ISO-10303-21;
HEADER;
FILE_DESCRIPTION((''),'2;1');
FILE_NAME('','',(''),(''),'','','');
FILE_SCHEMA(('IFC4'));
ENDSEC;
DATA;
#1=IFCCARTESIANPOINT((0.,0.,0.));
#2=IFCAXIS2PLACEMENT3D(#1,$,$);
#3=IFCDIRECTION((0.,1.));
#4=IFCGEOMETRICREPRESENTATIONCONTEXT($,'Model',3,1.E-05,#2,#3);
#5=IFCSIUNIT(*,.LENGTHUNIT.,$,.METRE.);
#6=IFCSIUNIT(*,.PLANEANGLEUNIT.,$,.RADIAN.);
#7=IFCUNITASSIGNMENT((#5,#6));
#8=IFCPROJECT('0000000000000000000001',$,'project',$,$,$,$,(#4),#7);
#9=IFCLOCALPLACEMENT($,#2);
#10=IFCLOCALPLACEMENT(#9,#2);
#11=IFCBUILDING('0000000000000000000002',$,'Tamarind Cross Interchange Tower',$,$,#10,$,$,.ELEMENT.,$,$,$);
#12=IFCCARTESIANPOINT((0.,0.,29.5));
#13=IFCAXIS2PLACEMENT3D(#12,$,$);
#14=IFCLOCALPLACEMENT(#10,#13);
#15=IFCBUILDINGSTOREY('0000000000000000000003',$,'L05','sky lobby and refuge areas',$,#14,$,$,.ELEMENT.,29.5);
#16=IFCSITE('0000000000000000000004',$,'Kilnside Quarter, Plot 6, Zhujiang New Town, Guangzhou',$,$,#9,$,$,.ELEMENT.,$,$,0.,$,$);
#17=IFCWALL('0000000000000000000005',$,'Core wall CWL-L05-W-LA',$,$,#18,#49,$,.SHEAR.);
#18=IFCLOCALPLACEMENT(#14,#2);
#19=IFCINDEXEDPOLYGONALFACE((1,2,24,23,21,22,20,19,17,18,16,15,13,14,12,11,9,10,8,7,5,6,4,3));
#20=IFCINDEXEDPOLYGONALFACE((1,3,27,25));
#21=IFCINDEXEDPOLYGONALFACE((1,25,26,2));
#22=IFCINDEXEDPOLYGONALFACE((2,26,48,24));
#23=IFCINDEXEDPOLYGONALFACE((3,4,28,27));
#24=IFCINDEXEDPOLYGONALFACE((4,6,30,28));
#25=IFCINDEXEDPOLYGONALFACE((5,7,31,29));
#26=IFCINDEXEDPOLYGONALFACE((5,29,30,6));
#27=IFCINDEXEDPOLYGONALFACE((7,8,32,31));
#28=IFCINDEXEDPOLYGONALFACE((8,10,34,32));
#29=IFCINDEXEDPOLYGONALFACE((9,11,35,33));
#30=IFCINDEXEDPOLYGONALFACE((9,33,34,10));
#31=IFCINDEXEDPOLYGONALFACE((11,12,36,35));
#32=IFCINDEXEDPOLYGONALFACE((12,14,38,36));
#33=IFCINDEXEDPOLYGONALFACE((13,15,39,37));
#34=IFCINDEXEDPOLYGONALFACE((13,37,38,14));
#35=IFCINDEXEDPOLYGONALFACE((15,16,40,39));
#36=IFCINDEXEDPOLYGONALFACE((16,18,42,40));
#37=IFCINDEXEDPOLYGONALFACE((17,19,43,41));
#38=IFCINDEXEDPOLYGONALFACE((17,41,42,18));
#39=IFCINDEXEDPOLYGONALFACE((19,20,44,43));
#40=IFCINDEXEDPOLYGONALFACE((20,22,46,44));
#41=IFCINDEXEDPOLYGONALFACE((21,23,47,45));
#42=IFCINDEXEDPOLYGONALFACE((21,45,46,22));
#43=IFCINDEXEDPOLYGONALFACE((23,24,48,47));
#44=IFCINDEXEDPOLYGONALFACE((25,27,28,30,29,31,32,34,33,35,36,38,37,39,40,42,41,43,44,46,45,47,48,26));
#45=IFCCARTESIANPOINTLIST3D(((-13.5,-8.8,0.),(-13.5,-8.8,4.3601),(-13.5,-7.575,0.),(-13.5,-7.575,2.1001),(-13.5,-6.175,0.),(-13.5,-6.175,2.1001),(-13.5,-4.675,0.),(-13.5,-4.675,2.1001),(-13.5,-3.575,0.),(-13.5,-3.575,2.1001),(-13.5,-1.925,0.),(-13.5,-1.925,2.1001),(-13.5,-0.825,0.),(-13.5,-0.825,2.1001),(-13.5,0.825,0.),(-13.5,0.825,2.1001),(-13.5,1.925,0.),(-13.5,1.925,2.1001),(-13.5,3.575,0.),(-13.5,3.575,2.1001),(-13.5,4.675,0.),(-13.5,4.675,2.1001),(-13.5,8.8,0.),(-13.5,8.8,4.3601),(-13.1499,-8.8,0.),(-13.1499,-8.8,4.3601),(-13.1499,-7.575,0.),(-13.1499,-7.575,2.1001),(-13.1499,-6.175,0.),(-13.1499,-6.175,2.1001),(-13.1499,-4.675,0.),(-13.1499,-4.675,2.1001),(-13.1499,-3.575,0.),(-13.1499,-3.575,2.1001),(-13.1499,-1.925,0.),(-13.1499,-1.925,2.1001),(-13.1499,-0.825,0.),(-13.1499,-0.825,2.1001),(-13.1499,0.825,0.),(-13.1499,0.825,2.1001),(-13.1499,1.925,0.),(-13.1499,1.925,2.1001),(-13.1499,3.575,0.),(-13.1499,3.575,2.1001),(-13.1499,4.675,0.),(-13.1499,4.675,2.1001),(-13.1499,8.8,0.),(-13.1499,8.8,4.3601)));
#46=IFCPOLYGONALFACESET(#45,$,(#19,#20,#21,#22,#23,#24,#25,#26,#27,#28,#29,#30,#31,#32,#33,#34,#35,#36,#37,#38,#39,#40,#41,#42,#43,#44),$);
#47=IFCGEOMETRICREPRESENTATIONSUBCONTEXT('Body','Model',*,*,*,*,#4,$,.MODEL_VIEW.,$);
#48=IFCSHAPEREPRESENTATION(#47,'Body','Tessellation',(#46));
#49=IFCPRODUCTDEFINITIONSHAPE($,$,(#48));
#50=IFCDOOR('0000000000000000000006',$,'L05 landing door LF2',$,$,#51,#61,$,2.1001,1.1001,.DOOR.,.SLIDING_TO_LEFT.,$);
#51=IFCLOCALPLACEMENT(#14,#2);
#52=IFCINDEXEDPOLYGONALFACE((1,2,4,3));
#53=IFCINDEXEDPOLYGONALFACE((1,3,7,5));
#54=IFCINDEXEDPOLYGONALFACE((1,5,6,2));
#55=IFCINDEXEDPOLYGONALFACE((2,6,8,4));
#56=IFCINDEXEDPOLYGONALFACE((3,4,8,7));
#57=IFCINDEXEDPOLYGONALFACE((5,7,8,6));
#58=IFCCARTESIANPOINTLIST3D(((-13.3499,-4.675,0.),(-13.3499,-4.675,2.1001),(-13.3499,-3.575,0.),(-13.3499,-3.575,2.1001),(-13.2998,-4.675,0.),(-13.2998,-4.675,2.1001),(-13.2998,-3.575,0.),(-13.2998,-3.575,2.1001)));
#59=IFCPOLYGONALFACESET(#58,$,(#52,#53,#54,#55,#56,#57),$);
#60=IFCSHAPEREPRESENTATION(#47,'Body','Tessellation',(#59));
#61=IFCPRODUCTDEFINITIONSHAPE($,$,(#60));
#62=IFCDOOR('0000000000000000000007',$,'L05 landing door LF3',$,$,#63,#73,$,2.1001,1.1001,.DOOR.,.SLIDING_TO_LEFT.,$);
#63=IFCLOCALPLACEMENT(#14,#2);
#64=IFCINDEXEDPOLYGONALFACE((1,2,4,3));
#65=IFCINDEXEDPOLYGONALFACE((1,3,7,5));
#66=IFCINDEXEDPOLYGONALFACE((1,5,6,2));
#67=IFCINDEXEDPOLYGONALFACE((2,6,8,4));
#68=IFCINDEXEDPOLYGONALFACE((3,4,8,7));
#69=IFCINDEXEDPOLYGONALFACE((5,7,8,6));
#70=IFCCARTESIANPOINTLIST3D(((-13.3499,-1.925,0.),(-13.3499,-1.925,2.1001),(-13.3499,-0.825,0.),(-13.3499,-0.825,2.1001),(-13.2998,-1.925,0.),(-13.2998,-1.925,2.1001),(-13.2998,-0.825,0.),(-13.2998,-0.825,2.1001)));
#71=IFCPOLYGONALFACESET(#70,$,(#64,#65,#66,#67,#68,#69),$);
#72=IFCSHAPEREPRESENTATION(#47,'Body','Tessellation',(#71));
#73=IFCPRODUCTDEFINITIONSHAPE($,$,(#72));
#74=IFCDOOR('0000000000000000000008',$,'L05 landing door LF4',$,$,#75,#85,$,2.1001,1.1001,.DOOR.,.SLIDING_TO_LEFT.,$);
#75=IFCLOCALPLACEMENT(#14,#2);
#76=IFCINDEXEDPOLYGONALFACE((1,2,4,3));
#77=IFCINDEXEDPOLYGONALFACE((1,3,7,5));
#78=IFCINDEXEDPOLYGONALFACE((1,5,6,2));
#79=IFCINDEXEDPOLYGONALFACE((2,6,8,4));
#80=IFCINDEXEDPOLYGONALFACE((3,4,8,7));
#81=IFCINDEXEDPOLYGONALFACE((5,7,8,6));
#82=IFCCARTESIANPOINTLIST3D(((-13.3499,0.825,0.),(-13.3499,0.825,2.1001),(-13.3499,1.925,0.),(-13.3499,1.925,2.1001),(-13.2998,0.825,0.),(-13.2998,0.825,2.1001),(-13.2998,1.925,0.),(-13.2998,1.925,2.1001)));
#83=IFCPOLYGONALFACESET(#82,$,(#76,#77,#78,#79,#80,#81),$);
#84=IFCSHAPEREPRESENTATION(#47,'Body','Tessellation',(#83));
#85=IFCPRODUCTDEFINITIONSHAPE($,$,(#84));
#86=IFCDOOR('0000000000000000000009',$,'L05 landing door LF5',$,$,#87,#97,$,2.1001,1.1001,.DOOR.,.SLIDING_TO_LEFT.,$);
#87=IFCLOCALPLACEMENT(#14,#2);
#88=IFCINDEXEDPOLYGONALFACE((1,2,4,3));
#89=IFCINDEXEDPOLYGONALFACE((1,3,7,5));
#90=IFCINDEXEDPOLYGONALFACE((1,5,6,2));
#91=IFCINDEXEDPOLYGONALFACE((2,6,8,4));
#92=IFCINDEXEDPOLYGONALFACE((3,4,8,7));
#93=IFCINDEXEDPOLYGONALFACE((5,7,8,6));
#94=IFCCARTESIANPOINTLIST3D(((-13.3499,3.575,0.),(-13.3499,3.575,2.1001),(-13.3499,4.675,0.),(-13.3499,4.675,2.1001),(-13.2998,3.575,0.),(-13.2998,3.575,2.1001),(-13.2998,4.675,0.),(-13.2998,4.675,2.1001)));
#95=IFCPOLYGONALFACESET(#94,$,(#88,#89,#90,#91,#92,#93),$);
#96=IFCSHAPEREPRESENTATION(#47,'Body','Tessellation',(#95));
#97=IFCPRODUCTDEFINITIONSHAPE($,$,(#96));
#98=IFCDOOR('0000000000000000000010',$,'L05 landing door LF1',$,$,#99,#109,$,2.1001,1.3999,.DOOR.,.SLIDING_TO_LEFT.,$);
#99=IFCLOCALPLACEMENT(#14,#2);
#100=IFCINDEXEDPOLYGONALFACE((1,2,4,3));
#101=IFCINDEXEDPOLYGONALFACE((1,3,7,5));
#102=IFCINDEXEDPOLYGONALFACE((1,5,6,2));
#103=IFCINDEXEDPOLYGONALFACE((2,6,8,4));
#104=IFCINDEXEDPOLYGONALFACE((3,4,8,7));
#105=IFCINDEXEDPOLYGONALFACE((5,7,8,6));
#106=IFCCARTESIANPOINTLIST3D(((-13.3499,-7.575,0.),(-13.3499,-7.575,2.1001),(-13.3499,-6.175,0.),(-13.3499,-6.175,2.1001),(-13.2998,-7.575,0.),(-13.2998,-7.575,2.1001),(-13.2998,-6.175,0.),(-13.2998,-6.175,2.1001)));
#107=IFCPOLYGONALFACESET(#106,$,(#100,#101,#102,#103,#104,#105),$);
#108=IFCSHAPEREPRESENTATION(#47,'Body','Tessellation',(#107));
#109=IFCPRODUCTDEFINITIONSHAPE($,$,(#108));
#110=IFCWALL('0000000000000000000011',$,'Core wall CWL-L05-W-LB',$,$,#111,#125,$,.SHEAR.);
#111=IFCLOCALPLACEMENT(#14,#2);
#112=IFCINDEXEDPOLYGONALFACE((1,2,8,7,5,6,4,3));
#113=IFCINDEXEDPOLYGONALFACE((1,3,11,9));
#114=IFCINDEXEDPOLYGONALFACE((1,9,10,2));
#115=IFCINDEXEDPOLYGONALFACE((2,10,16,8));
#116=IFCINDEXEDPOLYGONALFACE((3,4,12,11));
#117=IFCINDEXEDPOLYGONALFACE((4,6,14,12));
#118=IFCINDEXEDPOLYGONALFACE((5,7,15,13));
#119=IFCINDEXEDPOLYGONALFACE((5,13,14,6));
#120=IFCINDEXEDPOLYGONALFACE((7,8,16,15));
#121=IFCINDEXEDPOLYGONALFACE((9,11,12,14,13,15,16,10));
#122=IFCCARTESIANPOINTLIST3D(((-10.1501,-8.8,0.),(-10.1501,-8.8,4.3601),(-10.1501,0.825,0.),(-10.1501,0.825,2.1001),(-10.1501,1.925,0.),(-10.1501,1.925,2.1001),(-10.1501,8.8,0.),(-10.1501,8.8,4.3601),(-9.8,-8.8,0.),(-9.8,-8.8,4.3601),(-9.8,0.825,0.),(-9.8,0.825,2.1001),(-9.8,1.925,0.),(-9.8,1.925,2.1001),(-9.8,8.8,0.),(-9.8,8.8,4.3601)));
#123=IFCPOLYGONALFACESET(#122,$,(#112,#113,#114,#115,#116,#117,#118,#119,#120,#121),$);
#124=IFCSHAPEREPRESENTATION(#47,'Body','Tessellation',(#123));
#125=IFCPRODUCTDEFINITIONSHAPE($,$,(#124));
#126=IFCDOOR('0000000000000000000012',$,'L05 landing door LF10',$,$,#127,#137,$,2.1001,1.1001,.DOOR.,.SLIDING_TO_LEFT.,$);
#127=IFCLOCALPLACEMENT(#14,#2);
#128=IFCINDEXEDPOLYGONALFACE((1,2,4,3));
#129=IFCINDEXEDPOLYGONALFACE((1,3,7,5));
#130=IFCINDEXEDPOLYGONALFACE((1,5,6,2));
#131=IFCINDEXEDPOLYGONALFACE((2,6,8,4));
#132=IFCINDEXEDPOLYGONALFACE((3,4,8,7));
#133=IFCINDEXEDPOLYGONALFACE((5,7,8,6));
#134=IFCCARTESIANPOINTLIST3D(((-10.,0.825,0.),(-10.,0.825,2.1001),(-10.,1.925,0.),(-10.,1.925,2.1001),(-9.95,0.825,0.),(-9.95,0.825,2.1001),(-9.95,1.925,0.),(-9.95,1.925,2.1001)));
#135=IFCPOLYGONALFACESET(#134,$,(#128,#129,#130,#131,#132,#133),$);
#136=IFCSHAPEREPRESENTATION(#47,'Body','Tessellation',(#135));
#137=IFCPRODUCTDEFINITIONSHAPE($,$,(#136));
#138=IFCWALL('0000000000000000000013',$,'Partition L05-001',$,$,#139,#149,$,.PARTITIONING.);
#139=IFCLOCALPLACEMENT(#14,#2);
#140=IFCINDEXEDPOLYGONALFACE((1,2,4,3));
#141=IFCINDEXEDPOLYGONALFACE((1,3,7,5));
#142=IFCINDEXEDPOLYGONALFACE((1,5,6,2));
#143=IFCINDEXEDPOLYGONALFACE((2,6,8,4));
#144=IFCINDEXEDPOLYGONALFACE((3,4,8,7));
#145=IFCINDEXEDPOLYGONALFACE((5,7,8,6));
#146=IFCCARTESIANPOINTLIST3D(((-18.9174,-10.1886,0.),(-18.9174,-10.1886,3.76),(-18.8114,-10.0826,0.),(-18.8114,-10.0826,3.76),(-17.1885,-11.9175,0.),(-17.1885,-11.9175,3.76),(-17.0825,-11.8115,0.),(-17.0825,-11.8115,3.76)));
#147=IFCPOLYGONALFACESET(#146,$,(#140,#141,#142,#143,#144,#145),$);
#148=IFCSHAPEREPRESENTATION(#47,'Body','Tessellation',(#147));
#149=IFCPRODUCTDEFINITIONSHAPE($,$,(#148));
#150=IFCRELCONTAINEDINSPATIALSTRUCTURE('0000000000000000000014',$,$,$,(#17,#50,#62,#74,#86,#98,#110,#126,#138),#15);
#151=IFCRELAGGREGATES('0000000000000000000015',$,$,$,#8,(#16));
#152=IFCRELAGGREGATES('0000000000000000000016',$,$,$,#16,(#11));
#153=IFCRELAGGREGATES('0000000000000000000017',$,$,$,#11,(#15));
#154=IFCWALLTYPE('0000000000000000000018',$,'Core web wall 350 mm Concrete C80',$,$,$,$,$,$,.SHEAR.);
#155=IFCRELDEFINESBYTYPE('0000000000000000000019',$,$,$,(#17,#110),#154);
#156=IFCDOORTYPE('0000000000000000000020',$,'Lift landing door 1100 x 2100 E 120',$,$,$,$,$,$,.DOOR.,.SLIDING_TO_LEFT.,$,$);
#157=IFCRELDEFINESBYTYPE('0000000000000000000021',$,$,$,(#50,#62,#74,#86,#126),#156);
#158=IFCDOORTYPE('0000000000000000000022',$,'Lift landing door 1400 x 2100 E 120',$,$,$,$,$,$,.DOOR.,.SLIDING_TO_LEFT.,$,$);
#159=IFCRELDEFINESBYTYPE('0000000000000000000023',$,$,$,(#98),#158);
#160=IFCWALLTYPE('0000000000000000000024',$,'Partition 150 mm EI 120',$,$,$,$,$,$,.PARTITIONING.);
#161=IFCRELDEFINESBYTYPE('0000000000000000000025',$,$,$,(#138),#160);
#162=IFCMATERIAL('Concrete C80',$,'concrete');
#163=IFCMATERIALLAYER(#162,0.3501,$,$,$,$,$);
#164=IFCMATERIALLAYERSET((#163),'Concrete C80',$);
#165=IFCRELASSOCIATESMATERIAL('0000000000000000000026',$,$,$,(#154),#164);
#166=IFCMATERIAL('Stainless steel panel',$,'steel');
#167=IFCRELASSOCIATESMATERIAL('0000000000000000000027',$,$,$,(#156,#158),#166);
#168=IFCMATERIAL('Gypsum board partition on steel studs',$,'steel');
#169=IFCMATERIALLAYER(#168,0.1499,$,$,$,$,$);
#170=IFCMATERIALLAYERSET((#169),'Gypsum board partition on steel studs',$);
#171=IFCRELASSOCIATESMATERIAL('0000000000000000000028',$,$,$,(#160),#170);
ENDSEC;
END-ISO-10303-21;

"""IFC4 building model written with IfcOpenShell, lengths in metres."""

from ifc_helpers import new_model, si_unit, direction, frame, frame_2d, origin, place, context, subcontext, project, spatial, rectangle, extrude, material, layer, layer_set, type_object, element, fill, save


model = new_model("IFC4")

# Units and contexts
model_context = context("Model", 3, precision=1e-05, world=origin(), true_north=direction((0.0, 1.0)))
body_context = subcontext(model_context, "Body", "Model", "MODEL_VIEW")
ifc_project = project(units=[si_unit("LENGTHUNIT", "METRE"), si_unit("PLANEANGLEUNIT", "RADIAN")], contexts=[model_context])

# Site, building, storey
site_placement = place(None, origin())
site = spatial("IfcSite", under=ifc_project, at=site_placement, Name="Kilnside Quarter, Plot 6, Zhujiang New Town, Guangzhou", CompositionType="ELEMENT", RefElevation=0.0)
building_placement = place(site_placement, origin())
building = spatial("IfcBuilding", under=site, at=building_placement, Name="Tamarind Cross Interchange Tower", CompositionType="ELEMENT")
storey_placement = place(building_placement, frame((0.0, 0.0, 29.5)))
storey = spatial("IfcBuildingStorey", under=building, at=storey_placement, Name="L05", Description="sky lobby and refuge areas", CompositionType="ELEMENT", Elevation=29.5)

# Wall, openings, doors
ifc_material_1 = material(Name="Concrete C80", Category="concrete")
ifc_layer_1 = layer(ifc_material_1, 0.3501)
ifc_layer_set_1 = layer_set([ifc_layer_1], Name="Concrete C80")
wall_type_1 = type_object("IfcWallType", Name="Core web wall 350 mm Concrete C80", PredefinedType="SHEAR", material=ifc_layer_set_1)
wall_1_placement = place(storey_placement, frame((-13.325, -8.8, 0.0), z_axis=(0.0, 0.0, 1.0), x_axis=(0.0, 1.0, 0.0)))
wall_1 = element("IfcWall", 1, at=wall_1_placement, inside=storey, type_object=wall_type_1, Name="Core wall CWL-L05-W-LA", PredefinedType="SHEAR", context=body_context, shape_type="SweptSolid", body=[
    extrude(rectangle(XDim=17.6001, YDim=0.3501, at=frame_2d((8.8, 0.0))), origin(), (0.0, 0.0, 1.0), 4.3601),
])
opening_1_placement = place(wall_1_placement, frame((1.2251, 0.0, 0.0)))
opening_1 = element("IfcOpeningElement", 2, at=opening_1_placement, cuts=wall_1, PredefinedType="OPENING", context=body_context, shape_type="SweptSolid", body=[
    extrude(rectangle(XDim=1.3999, YDim=2.1001, at=frame_2d((0.7, 1.05))), frame((0.0, 0.1851, 0.0), z_axis=(0.0, -1.0, 0.0), x_axis=(1.0, 0.0, 0.0)), (0.0, 0.0, 1.0), 0.3701),
])
opening_2_placement = place(wall_1_placement, frame((4.125, 0.0, 0.0)))
opening_2 = element("IfcOpeningElement", 3, at=opening_2_placement, cuts=wall_1, PredefinedType="OPENING", context=body_context, shape_type="SweptSolid", body=[
    extrude(rectangle(XDim=1.1001, YDim=2.1001, at=frame_2d((0.55, 1.05))), frame((0.0, 0.1851, 0.0), z_axis=(0.0, -1.0, 0.0), x_axis=(1.0, 0.0, 0.0)), (0.0, 0.0, 1.0), 0.3701),
])
opening_3_placement = place(wall_1_placement, frame((6.875, 0.0, 0.0)))
opening_3 = element("IfcOpeningElement", 4, at=opening_3_placement, cuts=wall_1, PredefinedType="OPENING", context=body_context, shape_type="SweptSolid", body=[
    extrude(rectangle(XDim=1.1001, YDim=2.1001, at=frame_2d((0.55, 1.05))), frame((0.0, 0.1851, 0.0), z_axis=(0.0, -1.0, 0.0), x_axis=(1.0, 0.0, 0.0)), (0.0, 0.0, 1.0), 0.3701),
])
opening_4_placement = place(wall_1_placement, frame((9.625, 0.0, 0.0)))
opening_4 = element("IfcOpeningElement", 5, at=opening_4_placement, cuts=wall_1, PredefinedType="OPENING", context=body_context, shape_type="SweptSolid", body=[
    extrude(rectangle(XDim=1.1001, YDim=2.1001, at=frame_2d((0.55, 1.05))), frame((0.0, 0.1851, 0.0), z_axis=(0.0, -1.0, 0.0), x_axis=(1.0, 0.0, 0.0)), (0.0, 0.0, 1.0), 0.3701),
])
opening_5_placement = place(wall_1_placement, frame((12.375, 0.0, 0.0)))
opening_5 = element("IfcOpeningElement", 6, at=opening_5_placement, cuts=wall_1, PredefinedType="OPENING", context=body_context, shape_type="SweptSolid", body=[
    extrude(rectangle(XDim=1.1001, YDim=2.1001, at=frame_2d((0.55, 1.05))), frame((0.0, 0.1851, 0.0), z_axis=(0.0, -1.0, 0.0), x_axis=(1.0, 0.0, 0.0)), (0.0, 0.0, 1.0), 0.3701),
])
ifc_material_2 = material(Name="Stainless steel panel", Category="steel")
door_type_1 = type_object("IfcDoorType", Name="Lift landing door 1100 x 2100 E 120", OperationType="SLIDING_TO_LEFT", PredefinedType="DOOR", material=ifc_material_2)
door_1_placement = place(opening_2_placement, origin())
door_1 = element("IfcDoor", 7, at=door_1_placement, inside=storey, type_object=door_type_1, Name="L05 landing door LF2", OperationType="SLIDING_TO_LEFT", OverallHeight=2.1001, OverallWidth=1.1001, PredefinedType="DOOR", context=body_context, shape_type="SweptSolid", body=[
    extrude(rectangle(XDim=1.1001, YDim=2.1001, at=frame_2d((0.55, 1.05))), frame((0.0, 0.0249, 0.0), z_axis=(0.0, -1.0, 0.0), x_axis=(1.0, 0.0, 0.0)), (0.0, 0.0, 1.0), 0.05),
])
fill(opening_2, door_1)
door_2_placement = place(opening_3_placement, origin())
door_2 = element("IfcDoor", 8, at=door_2_placement, inside=storey, type_object=door_type_1, Name="L05 landing door LF3", OperationType="SLIDING_TO_LEFT", OverallHeight=2.1001, OverallWidth=1.1001, PredefinedType="DOOR", context=body_context, shape_type="SweptSolid", body=[
    extrude(rectangle(XDim=1.1001, YDim=2.1001, at=frame_2d((0.55, 1.05))), frame((0.0, 0.0249, 0.0), z_axis=(0.0, -1.0, 0.0), x_axis=(1.0, 0.0, 0.0)), (0.0, 0.0, 1.0), 0.05),
])
fill(opening_3, door_2)
door_3_placement = place(opening_4_placement, origin())
door_3 = element("IfcDoor", 9, at=door_3_placement, inside=storey, type_object=door_type_1, Name="L05 landing door LF4", OperationType="SLIDING_TO_LEFT", OverallHeight=2.1001, OverallWidth=1.1001, PredefinedType="DOOR", context=body_context, shape_type="SweptSolid", body=[
    extrude(rectangle(XDim=1.1001, YDim=2.1001, at=frame_2d((0.55, 1.05))), frame((0.0, 0.0249, 0.0), z_axis=(0.0, -1.0, 0.0), x_axis=(1.0, 0.0, 0.0)), (0.0, 0.0, 1.0), 0.05),
])
fill(opening_4, door_3)
door_4_placement = place(opening_5_placement, origin())
door_4 = element("IfcDoor", 10, at=door_4_placement, inside=storey, type_object=door_type_1, Name="L05 landing door LF5", OperationType="SLIDING_TO_LEFT", OverallHeight=2.1001, OverallWidth=1.1001, PredefinedType="DOOR", context=body_context, shape_type="SweptSolid", body=[
    extrude(rectangle(XDim=1.1001, YDim=2.1001, at=frame_2d((0.55, 1.05))), frame((0.0, 0.0249, 0.0), z_axis=(0.0, -1.0, 0.0), x_axis=(1.0, 0.0, 0.0)), (0.0, 0.0, 1.0), 0.05),
])
fill(opening_5, door_4)
door_type_2 = type_object("IfcDoorType", Name="Lift landing door 1400 x 2100 E 120", OperationType="SLIDING_TO_LEFT", PredefinedType="DOOR", material=ifc_material_2)
door_5_placement = place(opening_1_placement, origin())
door_5 = element("IfcDoor", 11, at=door_5_placement, inside=storey, type_object=door_type_2, Name="L05 landing door LF1", OperationType="SLIDING_TO_LEFT", OverallHeight=2.1001, OverallWidth=1.3999, PredefinedType="DOOR", context=body_context, shape_type="SweptSolid", body=[
    extrude(rectangle(XDim=1.3999, YDim=2.1001, at=frame_2d((0.7, 1.05))), frame((0.0, 0.0249, 0.0), z_axis=(0.0, -1.0, 0.0), x_axis=(1.0, 0.0, 0.0)), (0.0, 0.0, 1.0), 0.05),
])
fill(opening_1, door_5)

# Wall, opening, door
wall_2_placement = place(storey_placement, frame((-9.9751, -8.8, 0.0), z_axis=(0.0, 0.0, 1.0), x_axis=(0.0, 1.0, 0.0)))
wall_2 = element("IfcWall", 12, at=wall_2_placement, inside=storey, type_object=wall_type_1, Name="Core wall CWL-L05-W-LB", PredefinedType="SHEAR", context=body_context, shape_type="SweptSolid", body=[
    extrude(rectangle(XDim=17.6001, YDim=0.3501, at=frame_2d((8.8, 0.0))), origin(), (0.0, 0.0, 1.0), 4.3601),
])
opening_6_placement = place(wall_2_placement, frame((9.625, 0.0, 0.0)))
opening_6 = element("IfcOpeningElement", 13, at=opening_6_placement, cuts=wall_2, PredefinedType="OPENING", context=body_context, shape_type="SweptSolid", body=[
    extrude(rectangle(XDim=1.1001, YDim=2.1001, at=frame_2d((0.55, 1.05))), frame((0.0, 0.1851, 0.0), z_axis=(0.0, -1.0, 0.0), x_axis=(1.0, 0.0, 0.0)), (0.0, 0.0, 1.0), 0.3701),
])
door_6_placement = place(opening_6_placement, origin())
door_6 = element("IfcDoor", 14, at=door_6_placement, inside=storey, type_object=door_type_1, Name="L05 landing door LF10", OperationType="SLIDING_TO_LEFT", OverallHeight=2.1001, OverallWidth=1.1001, PredefinedType="DOOR", context=body_context, shape_type="SweptSolid", body=[
    extrude(rectangle(XDim=1.1001, YDim=2.1001, at=frame_2d((0.55, 1.05))), frame((0.0, 0.0249, 0.0), z_axis=(0.0, -1.0, 0.0), x_axis=(1.0, 0.0, 0.0)), (0.0, 0.0, 1.0), 0.05),
])
fill(opening_6, door_6)

# Wall
ifc_material_3 = material(Name="Gypsum board partition on steel studs", Category="steel")
ifc_layer_2 = layer(ifc_material_3, 0.1499)
ifc_layer_set_2 = layer_set([ifc_layer_2], Name="Gypsum board partition on steel studs")
wall_type_2 = type_object("IfcWallType", Name="Partition 150 mm EI 120", PredefinedType="PARTITIONING", material=ifc_layer_set_2)
wall_3_placement = place(storey_placement, frame((-18.8645, -10.1355, 0.0), z_axis=(0.0, 0.0, 1.0), x_axis=(0.707107, -0.707107, 0.0)))
element("IfcWall", 15, at=wall_3_placement, inside=storey, type_object=wall_type_2, Name="Partition L05-001", PredefinedType="PARTITIONING", context=body_context, shape_type="SweptSolid", body=[
    extrude(rectangle(XDim=2.4451, YDim=0.1499, at=frame_2d((1.2227, 0.0))), origin(), (0.0, 0.0, 1.0), 3.76),
])

save(model, "model.ifc")
